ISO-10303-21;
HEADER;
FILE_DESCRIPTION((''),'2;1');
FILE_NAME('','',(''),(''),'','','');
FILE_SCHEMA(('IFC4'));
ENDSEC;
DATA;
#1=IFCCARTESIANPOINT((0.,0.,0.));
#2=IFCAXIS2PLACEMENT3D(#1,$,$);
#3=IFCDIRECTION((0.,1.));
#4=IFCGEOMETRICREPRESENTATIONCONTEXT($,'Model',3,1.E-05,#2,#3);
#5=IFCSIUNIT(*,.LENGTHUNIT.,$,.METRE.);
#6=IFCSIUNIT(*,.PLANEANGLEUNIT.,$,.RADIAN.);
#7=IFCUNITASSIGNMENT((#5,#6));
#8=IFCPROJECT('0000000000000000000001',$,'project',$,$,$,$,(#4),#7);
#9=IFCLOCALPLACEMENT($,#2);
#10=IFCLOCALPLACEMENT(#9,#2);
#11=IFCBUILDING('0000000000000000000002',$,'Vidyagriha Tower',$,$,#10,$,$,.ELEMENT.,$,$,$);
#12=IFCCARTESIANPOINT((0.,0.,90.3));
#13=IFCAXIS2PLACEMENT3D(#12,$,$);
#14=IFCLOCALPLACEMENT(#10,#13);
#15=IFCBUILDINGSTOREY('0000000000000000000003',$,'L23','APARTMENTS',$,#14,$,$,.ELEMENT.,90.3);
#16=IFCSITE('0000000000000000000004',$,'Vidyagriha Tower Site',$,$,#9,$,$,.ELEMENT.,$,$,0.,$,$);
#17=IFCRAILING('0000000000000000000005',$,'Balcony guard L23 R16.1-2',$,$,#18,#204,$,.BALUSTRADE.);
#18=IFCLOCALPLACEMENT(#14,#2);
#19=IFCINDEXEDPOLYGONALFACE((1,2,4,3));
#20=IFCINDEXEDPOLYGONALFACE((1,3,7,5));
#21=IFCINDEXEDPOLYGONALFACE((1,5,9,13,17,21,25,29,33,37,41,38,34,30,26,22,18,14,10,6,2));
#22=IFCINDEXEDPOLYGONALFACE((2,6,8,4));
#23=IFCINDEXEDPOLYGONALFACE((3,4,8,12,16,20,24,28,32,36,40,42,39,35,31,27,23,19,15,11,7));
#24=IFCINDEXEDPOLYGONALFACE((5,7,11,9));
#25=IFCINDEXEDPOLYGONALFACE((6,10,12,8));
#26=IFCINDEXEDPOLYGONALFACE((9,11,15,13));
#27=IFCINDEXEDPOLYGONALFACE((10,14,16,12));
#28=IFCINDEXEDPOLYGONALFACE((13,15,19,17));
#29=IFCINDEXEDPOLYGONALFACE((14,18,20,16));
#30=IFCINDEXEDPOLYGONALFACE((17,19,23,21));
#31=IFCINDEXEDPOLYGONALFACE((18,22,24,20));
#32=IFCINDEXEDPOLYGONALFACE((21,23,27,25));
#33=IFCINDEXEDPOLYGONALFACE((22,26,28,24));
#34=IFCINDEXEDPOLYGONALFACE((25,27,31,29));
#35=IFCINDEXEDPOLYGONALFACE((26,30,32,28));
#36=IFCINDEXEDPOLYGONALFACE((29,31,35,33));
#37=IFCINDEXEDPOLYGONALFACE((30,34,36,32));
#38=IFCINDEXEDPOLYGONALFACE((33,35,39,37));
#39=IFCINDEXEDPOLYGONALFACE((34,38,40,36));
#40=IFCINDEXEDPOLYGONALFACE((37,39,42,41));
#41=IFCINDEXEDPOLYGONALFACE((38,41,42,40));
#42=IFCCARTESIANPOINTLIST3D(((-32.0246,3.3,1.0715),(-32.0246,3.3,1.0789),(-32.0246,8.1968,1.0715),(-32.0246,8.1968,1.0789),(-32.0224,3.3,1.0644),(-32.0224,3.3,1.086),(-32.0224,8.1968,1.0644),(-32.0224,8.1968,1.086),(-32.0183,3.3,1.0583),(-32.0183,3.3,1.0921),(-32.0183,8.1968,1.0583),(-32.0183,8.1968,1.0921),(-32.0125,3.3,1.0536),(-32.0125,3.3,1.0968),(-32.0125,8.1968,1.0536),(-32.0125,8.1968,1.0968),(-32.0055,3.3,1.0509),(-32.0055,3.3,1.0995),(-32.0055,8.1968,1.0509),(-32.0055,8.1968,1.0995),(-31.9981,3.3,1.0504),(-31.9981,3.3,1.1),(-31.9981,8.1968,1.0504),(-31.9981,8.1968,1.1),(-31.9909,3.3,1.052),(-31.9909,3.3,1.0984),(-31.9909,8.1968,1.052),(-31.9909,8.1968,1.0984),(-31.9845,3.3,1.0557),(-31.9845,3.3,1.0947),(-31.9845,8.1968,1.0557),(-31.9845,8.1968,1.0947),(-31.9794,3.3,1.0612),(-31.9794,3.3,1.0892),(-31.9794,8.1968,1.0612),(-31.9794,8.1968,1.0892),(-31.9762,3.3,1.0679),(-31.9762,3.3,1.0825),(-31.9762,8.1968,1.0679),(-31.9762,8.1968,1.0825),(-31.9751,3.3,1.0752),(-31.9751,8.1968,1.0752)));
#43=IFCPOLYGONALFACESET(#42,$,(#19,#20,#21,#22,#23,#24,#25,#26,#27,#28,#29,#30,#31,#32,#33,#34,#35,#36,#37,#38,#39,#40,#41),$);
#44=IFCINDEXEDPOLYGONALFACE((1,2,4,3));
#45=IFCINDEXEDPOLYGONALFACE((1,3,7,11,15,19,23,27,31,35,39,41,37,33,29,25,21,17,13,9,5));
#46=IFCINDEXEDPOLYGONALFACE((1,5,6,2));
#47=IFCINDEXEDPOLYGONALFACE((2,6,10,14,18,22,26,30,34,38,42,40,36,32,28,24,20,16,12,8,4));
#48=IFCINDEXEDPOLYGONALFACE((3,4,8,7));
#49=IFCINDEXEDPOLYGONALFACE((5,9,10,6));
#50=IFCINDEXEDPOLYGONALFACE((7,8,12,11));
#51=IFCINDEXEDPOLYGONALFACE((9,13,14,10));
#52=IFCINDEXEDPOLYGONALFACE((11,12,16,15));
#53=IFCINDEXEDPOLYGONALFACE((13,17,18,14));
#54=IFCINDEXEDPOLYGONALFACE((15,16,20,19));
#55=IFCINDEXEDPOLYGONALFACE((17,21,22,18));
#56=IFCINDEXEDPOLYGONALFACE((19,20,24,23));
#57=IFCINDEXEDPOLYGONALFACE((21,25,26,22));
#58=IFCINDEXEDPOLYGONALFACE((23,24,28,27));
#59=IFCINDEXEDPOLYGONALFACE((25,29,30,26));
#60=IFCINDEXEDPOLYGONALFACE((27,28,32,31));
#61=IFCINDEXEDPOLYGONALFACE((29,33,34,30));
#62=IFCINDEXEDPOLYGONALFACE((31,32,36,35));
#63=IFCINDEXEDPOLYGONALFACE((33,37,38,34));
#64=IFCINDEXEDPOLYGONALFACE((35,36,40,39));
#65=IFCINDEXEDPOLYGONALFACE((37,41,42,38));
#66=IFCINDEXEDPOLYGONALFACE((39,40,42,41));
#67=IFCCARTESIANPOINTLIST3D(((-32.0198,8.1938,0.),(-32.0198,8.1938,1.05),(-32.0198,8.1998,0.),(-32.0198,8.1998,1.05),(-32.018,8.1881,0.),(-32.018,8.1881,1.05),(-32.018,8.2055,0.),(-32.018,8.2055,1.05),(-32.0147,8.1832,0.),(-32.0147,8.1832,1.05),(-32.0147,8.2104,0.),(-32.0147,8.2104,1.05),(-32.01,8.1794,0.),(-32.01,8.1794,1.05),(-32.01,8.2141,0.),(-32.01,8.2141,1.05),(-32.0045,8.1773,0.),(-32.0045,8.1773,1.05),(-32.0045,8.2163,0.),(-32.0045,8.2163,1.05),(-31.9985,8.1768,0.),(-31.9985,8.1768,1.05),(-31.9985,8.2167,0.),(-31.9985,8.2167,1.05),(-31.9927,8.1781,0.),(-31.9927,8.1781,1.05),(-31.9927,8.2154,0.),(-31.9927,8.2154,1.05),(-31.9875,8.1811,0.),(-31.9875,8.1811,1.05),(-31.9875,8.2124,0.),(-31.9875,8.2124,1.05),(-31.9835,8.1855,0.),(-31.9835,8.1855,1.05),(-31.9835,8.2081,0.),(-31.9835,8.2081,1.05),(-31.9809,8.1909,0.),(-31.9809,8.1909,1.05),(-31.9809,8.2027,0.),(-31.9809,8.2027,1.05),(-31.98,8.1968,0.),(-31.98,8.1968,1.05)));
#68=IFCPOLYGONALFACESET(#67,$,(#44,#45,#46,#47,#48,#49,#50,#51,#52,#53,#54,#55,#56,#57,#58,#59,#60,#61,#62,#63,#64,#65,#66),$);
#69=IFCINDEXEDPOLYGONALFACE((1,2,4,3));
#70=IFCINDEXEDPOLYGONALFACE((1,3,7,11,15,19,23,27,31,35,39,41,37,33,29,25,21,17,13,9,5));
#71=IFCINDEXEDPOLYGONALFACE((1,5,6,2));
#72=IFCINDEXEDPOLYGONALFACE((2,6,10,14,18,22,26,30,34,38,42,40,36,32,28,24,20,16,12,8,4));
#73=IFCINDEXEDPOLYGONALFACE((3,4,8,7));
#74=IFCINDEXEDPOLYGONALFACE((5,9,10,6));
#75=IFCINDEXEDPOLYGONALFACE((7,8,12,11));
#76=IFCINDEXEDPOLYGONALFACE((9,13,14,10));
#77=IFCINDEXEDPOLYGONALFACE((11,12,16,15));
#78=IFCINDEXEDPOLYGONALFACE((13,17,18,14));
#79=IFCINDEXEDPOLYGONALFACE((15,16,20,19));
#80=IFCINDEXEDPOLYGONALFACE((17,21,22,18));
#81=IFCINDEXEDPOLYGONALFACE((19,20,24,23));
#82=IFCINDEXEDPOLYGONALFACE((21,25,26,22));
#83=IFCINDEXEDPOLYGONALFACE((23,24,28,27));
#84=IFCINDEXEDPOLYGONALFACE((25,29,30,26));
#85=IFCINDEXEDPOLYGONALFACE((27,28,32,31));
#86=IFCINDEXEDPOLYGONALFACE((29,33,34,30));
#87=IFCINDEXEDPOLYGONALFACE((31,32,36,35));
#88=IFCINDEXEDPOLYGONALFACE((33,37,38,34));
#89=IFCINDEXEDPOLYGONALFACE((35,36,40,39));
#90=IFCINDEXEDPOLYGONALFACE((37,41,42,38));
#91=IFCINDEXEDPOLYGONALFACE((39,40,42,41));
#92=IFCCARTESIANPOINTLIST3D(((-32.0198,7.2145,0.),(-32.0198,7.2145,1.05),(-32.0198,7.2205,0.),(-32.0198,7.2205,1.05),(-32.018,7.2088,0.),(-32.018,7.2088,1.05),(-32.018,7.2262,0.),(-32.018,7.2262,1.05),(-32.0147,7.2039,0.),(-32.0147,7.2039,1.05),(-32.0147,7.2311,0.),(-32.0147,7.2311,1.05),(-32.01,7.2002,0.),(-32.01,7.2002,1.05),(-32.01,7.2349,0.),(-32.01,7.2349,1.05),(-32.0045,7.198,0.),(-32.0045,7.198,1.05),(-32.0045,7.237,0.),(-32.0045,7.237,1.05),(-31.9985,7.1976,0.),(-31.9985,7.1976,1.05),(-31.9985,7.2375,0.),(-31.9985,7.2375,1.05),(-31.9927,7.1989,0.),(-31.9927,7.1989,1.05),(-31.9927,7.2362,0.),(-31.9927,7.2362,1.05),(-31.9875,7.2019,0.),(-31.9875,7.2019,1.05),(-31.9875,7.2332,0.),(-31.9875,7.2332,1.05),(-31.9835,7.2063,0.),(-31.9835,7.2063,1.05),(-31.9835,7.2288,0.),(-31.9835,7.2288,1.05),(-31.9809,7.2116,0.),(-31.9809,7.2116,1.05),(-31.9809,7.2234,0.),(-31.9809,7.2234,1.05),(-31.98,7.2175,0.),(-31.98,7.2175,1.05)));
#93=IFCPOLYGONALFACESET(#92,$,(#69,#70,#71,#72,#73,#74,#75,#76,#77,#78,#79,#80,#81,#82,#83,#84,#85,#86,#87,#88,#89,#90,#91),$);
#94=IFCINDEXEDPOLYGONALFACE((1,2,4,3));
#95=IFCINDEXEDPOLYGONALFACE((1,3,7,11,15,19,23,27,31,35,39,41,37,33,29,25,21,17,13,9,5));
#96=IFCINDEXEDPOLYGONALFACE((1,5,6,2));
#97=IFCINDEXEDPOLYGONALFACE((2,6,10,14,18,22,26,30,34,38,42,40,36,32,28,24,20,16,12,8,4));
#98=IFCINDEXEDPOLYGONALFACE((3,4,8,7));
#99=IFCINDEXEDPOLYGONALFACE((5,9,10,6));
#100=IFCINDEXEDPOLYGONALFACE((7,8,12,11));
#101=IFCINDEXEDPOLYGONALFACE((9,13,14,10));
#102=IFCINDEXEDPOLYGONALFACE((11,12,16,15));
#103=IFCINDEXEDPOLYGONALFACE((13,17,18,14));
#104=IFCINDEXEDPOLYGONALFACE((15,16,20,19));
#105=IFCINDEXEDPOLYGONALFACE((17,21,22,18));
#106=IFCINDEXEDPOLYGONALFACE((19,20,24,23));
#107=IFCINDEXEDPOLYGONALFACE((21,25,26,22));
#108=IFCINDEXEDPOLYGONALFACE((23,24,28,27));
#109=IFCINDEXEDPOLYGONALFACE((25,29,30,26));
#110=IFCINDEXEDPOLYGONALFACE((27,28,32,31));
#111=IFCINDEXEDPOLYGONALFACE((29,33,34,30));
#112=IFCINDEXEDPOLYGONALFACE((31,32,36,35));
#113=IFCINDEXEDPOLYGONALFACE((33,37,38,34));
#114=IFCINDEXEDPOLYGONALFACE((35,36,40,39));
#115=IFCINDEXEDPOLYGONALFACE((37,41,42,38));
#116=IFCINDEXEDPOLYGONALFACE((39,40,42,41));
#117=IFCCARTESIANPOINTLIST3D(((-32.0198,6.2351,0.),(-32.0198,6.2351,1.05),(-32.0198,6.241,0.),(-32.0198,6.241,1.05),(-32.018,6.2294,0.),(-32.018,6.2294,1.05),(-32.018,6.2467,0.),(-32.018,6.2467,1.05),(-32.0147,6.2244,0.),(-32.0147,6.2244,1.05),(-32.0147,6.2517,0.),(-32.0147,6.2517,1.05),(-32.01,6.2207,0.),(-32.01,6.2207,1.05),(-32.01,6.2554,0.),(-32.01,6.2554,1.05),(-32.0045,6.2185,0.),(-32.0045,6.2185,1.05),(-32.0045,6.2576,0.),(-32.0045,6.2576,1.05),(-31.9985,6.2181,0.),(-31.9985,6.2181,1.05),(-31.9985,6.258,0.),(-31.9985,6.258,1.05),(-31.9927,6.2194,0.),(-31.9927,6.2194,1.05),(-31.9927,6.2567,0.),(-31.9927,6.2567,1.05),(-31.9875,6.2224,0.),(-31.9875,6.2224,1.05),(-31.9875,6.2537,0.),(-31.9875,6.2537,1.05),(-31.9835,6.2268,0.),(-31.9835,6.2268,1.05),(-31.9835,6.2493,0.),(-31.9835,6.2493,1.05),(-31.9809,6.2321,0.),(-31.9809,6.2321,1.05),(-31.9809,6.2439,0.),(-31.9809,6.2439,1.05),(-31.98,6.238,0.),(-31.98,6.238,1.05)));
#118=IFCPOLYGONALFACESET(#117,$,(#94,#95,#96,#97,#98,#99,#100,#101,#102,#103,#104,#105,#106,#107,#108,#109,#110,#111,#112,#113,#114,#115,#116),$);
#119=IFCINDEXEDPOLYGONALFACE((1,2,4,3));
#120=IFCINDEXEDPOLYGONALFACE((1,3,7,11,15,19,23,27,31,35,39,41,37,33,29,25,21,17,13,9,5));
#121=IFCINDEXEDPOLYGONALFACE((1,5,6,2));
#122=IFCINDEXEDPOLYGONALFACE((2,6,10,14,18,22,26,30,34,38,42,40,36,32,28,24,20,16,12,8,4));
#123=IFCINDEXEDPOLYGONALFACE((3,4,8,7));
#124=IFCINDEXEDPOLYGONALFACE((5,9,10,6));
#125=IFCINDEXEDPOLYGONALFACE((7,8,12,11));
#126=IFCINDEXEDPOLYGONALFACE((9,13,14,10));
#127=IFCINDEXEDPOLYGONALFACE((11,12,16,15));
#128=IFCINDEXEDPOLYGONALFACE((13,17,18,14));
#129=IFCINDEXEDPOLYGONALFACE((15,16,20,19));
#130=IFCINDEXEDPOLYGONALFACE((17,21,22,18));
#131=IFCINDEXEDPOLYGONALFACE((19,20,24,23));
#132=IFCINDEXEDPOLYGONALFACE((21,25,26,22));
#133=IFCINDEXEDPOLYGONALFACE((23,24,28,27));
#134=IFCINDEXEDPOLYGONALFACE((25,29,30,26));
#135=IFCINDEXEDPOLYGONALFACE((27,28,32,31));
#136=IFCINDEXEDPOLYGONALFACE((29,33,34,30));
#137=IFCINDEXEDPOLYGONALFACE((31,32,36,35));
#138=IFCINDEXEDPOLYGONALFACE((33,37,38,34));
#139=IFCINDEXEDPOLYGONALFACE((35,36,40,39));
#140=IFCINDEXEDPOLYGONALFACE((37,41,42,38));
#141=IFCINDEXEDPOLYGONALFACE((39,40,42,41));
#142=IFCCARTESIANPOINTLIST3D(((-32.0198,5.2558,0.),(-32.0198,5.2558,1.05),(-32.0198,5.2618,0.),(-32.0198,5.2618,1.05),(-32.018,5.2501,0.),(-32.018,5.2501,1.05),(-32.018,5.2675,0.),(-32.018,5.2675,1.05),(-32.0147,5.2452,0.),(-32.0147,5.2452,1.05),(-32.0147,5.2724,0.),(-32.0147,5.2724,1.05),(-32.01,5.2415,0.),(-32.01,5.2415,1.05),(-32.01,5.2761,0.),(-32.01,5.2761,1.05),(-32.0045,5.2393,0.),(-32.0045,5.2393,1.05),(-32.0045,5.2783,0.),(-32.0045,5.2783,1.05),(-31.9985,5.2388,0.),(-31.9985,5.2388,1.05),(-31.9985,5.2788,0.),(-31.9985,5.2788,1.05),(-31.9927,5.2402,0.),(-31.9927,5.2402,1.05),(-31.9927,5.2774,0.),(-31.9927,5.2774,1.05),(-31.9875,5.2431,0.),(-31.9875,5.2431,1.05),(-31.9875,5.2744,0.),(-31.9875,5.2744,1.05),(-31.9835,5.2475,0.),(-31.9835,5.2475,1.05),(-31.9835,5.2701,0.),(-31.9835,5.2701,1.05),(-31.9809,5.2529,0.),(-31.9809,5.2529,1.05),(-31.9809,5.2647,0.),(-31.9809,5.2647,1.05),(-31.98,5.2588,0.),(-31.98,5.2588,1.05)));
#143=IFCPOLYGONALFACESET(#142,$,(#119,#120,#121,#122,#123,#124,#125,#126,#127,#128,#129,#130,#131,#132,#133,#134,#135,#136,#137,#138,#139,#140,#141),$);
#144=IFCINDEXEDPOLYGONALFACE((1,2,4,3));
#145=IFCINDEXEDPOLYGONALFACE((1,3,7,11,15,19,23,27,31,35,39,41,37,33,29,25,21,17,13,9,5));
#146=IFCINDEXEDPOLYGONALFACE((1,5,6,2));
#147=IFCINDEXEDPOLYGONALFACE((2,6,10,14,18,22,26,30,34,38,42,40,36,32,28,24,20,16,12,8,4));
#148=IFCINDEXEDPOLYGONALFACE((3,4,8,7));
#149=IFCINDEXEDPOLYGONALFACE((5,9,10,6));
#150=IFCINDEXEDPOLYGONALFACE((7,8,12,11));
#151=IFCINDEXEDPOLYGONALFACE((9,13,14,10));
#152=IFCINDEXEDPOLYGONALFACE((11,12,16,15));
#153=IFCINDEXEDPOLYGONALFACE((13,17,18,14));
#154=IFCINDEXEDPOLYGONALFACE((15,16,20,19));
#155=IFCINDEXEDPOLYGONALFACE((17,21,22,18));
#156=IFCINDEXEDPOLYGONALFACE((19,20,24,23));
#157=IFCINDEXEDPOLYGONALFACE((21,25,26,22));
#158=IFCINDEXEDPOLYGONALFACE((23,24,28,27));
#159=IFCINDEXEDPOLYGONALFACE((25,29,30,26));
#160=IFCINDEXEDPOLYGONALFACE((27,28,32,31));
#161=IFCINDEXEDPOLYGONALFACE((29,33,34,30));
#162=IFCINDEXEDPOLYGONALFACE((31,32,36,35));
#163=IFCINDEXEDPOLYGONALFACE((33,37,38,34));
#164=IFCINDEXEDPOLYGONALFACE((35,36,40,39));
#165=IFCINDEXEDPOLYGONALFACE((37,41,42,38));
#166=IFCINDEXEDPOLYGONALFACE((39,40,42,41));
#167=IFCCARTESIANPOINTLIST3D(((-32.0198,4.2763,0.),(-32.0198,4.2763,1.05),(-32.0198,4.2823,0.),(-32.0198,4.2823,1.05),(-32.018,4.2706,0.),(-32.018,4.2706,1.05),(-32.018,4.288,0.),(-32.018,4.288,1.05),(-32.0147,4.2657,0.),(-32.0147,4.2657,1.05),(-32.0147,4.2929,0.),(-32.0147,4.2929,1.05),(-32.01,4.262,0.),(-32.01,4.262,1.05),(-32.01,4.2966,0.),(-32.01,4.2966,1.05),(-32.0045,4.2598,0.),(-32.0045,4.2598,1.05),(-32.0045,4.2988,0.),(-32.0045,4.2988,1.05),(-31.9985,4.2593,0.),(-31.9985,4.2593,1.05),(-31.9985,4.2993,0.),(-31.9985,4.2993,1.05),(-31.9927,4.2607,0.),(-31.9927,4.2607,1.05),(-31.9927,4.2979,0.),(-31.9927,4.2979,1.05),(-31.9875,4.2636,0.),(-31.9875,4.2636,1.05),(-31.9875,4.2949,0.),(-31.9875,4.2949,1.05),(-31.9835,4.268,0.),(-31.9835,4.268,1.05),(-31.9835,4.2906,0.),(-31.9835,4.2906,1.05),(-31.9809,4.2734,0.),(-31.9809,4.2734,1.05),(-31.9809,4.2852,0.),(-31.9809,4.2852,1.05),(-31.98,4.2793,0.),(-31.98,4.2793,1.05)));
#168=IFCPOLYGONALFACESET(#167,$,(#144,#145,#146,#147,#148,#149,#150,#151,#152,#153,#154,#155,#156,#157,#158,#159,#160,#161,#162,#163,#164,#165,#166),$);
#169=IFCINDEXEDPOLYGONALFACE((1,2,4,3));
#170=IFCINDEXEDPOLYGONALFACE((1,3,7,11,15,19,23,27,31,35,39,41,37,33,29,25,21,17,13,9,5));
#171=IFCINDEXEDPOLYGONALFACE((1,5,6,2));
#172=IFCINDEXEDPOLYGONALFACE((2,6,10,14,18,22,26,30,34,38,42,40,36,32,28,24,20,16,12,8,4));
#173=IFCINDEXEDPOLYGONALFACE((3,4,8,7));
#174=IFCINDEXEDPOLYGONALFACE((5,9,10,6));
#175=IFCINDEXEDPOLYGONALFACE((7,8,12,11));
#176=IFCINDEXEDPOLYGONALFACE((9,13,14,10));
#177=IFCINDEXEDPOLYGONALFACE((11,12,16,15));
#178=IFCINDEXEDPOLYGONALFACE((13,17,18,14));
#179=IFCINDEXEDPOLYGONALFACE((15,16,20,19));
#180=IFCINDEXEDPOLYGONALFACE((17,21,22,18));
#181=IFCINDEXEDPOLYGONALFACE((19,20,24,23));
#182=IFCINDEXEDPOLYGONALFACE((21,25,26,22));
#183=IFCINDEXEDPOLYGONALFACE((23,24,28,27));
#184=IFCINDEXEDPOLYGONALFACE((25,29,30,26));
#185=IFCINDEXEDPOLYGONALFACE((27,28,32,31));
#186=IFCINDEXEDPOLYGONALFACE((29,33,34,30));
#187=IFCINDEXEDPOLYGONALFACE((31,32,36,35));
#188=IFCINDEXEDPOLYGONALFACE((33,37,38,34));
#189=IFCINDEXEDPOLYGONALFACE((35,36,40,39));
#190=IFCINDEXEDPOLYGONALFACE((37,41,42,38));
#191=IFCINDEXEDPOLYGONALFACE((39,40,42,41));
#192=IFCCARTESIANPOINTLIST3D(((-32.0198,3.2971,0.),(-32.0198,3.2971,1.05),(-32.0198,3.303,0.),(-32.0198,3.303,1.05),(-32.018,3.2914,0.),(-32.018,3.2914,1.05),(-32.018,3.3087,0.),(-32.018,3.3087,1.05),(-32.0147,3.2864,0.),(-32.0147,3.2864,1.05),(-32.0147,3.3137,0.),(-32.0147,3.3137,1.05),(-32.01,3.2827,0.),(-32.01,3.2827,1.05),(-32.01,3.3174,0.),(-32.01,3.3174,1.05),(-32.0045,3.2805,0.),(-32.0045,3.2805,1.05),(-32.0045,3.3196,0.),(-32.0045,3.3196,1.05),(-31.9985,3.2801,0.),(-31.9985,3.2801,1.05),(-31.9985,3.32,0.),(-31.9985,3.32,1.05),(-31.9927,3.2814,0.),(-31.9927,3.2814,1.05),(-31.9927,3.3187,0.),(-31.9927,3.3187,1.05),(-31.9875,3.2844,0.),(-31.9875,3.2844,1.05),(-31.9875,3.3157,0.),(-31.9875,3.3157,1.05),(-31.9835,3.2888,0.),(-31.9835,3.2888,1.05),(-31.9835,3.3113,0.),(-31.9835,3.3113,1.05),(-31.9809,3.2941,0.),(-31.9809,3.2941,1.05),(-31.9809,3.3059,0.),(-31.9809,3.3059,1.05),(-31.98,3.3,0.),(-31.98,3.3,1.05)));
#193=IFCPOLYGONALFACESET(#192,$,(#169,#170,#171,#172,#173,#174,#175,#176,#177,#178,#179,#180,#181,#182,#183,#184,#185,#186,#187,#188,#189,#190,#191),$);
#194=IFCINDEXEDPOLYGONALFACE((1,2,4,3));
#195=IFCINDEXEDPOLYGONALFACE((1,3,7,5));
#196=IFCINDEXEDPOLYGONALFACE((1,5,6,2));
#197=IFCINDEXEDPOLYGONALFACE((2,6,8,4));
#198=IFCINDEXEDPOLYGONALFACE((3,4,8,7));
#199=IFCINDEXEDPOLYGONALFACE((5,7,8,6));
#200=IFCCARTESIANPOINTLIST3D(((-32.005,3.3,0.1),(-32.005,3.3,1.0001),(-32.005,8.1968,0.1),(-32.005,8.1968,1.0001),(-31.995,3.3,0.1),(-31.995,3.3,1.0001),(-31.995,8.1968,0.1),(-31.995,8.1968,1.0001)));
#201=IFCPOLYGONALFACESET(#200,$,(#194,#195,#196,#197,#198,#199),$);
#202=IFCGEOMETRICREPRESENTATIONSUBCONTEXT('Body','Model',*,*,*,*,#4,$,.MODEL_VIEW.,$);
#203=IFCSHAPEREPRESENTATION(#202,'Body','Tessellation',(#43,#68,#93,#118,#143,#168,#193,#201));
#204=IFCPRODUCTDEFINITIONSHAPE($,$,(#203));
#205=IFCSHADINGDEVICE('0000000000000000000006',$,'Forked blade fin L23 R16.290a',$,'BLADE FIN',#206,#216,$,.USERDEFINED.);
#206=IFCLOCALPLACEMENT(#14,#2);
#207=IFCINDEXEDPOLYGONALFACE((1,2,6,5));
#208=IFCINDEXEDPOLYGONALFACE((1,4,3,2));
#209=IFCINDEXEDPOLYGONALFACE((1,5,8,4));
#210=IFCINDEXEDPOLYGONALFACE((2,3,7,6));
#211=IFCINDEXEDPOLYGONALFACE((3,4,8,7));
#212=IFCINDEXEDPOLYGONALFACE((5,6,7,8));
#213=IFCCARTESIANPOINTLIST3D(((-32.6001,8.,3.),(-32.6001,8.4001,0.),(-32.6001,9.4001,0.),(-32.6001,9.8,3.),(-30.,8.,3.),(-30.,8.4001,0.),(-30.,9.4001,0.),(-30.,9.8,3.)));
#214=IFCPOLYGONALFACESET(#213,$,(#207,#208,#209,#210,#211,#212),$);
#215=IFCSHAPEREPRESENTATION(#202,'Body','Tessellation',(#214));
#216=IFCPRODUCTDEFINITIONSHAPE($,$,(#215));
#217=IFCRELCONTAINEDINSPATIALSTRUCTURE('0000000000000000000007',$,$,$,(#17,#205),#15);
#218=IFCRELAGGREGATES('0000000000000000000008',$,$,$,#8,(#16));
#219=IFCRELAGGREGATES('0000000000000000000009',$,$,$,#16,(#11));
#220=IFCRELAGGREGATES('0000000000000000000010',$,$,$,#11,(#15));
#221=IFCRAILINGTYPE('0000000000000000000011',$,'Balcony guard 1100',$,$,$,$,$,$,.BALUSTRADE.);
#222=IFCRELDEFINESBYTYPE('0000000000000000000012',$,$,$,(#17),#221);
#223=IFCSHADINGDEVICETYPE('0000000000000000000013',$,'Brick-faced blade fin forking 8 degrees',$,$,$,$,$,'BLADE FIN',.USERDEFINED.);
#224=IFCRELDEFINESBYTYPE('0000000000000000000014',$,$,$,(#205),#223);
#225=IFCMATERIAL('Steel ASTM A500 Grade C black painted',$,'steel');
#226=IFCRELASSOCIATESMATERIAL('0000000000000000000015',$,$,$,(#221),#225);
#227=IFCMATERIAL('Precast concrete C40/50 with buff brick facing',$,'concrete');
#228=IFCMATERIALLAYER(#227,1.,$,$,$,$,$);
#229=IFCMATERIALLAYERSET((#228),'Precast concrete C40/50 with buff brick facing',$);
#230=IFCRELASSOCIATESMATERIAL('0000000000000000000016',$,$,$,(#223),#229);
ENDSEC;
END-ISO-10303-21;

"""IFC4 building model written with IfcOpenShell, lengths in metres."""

from ifc_helpers import new_model, si_unit, direction, frame, origin, origin_2d, place, context, subcontext, project, spatial, polyline, rectangle, circle, outline, extrude, material, layer, layer_set, type_object, element, save


model = new_model("IFC4")

# Units and contexts
model_context = context("Model", 3, precision=1e-05, world=origin(), true_north=direction((0.0, 1.0)))
body_context = subcontext(model_context, "Body", "Model", "MODEL_VIEW")
ifc_project = project(units=[si_unit("LENGTHUNIT", "METRE"), si_unit("PLANEANGLEUNIT", "RADIAN")], contexts=[model_context])

# Site, building, storey
site_placement = place(None, origin())
site = spatial("IfcSite", under=ifc_project, at=site_placement, Name="Vidyagriha Tower Site", CompositionType="ELEMENT", RefElevation=0.0)
building_placement = place(site_placement, origin())
building = spatial("IfcBuilding", under=site, at=building_placement, Name="Vidyagriha Tower", CompositionType="ELEMENT")
storey_placement = place(building_placement, frame((0.0, 0.0, 90.3)))
storey = spatial("IfcBuildingStorey", under=building, at=storey_placement, Name="L23", Description="APARTMENTS", CompositionType="ELEMENT", Elevation=90.3)

# Railing
ifc_material_1 = material(Name="Steel ASTM A500 Grade C black painted", Category="steel")
railing_type_1 = type_object("IfcRailingType", Name="Balcony guard 1100", PredefinedType="BALUSTRADE", material=ifc_material_1)
railing_1_placement = place(storey_placement, frame((-32.0, 8.1968, 0.0)))
element("IfcRailing", 1, at=railing_1_placement, inside=storey, type_object=railing_type_1, Name="Balcony guard L23 R16.1-2", PredefinedType="BALUSTRADE", context=body_context, shape_type="SweptSolid", body=[
    extrude(circle(Radius=0.0249, at=origin_2d()), frame((0.0, 0.0, 1.0752), z_axis=(0.0, -1.0, 0.0), x_axis=(1.0, 0.0, 0.0)), (0.0, 0.0, 1.0), 4.8967),
    extrude(circle(Radius=0.02, at=origin_2d()), origin(), (0.0, 0.0, 1.0), 1.05),
    extrude(circle(Radius=0.02, at=origin_2d()), frame((0.0, -0.9792, 0.0)), (0.0, 0.0, 1.0), 1.05),
    extrude(circle(Radius=0.02, at=origin_2d()), frame((0.0, -1.9587, 0.0)), (0.0, 0.0, 1.0), 1.05),
    extrude(circle(Radius=0.02, at=origin_2d()), frame((0.0, -2.938, 0.0)), (0.0, 0.0, 1.0), 1.05),
    extrude(circle(Radius=0.02, at=origin_2d()), frame((0.0, -3.9175, 0.0)), (0.0, 0.0, 1.0), 1.05),
    extrude(circle(Radius=0.02, at=origin_2d()), frame((0.0, -4.8967, 0.0)), (0.0, 0.0, 1.0), 1.05),
    extrude(rectangle(XDim=0.01, YDim=0.9001, at=origin_2d()), frame((0.0, 0.0, 0.55), z_axis=(0.0, -1.0, 0.0), x_axis=(1.0, 0.0, 0.0)), (0.0, 0.0, 1.0), 4.8967),
])

# Shading device
ifc_material_2 = material(Name="Precast concrete C40/50 with buff brick facing", Category="concrete")
ifc_layer_1 = layer(ifc_material_2, 1.0)
ifc_layer_set_1 = layer_set([ifc_layer_1], Name="Precast concrete C40/50 with buff brick facing")
shading_device_type_1 = type_object("IfcShadingDeviceType", Name="Brick-faced blade fin forking 8 degrees", ElementType="BLADE FIN", PredefinedType="USERDEFINED", material=ifc_layer_set_1)
shading_device_1_placement = place(storey_placement, frame((-31.3, 9.8, 0.0), z_axis=(0.0, 0.0, 1.0), x_axis=(0.0, -1.0, 0.0)))
element("IfcShadingDevice", 2, at=shading_device_1_placement, inside=storey, type_object=shading_device_type_1, Name="Forked blade fin L23 R16.290a", ObjectType="BLADE FIN", PredefinedType="USERDEFINED", context=body_context, shape_type="SweptSolid", body=[
    extrude(outline(polyline([(0.3999, 0.0), (1.3999, 0.0), (1.8, 3.0), (0.0, 3.0), (0.3999, 0.0)])), frame((0.0, 1.3, 0.0), z_axis=(0.0, -1.0, 0.0), x_axis=(1.0, 0.0, 0.0)), (0.0, 0.0, 1.0), 2.6001),
])

save(model, "model.ifc")
